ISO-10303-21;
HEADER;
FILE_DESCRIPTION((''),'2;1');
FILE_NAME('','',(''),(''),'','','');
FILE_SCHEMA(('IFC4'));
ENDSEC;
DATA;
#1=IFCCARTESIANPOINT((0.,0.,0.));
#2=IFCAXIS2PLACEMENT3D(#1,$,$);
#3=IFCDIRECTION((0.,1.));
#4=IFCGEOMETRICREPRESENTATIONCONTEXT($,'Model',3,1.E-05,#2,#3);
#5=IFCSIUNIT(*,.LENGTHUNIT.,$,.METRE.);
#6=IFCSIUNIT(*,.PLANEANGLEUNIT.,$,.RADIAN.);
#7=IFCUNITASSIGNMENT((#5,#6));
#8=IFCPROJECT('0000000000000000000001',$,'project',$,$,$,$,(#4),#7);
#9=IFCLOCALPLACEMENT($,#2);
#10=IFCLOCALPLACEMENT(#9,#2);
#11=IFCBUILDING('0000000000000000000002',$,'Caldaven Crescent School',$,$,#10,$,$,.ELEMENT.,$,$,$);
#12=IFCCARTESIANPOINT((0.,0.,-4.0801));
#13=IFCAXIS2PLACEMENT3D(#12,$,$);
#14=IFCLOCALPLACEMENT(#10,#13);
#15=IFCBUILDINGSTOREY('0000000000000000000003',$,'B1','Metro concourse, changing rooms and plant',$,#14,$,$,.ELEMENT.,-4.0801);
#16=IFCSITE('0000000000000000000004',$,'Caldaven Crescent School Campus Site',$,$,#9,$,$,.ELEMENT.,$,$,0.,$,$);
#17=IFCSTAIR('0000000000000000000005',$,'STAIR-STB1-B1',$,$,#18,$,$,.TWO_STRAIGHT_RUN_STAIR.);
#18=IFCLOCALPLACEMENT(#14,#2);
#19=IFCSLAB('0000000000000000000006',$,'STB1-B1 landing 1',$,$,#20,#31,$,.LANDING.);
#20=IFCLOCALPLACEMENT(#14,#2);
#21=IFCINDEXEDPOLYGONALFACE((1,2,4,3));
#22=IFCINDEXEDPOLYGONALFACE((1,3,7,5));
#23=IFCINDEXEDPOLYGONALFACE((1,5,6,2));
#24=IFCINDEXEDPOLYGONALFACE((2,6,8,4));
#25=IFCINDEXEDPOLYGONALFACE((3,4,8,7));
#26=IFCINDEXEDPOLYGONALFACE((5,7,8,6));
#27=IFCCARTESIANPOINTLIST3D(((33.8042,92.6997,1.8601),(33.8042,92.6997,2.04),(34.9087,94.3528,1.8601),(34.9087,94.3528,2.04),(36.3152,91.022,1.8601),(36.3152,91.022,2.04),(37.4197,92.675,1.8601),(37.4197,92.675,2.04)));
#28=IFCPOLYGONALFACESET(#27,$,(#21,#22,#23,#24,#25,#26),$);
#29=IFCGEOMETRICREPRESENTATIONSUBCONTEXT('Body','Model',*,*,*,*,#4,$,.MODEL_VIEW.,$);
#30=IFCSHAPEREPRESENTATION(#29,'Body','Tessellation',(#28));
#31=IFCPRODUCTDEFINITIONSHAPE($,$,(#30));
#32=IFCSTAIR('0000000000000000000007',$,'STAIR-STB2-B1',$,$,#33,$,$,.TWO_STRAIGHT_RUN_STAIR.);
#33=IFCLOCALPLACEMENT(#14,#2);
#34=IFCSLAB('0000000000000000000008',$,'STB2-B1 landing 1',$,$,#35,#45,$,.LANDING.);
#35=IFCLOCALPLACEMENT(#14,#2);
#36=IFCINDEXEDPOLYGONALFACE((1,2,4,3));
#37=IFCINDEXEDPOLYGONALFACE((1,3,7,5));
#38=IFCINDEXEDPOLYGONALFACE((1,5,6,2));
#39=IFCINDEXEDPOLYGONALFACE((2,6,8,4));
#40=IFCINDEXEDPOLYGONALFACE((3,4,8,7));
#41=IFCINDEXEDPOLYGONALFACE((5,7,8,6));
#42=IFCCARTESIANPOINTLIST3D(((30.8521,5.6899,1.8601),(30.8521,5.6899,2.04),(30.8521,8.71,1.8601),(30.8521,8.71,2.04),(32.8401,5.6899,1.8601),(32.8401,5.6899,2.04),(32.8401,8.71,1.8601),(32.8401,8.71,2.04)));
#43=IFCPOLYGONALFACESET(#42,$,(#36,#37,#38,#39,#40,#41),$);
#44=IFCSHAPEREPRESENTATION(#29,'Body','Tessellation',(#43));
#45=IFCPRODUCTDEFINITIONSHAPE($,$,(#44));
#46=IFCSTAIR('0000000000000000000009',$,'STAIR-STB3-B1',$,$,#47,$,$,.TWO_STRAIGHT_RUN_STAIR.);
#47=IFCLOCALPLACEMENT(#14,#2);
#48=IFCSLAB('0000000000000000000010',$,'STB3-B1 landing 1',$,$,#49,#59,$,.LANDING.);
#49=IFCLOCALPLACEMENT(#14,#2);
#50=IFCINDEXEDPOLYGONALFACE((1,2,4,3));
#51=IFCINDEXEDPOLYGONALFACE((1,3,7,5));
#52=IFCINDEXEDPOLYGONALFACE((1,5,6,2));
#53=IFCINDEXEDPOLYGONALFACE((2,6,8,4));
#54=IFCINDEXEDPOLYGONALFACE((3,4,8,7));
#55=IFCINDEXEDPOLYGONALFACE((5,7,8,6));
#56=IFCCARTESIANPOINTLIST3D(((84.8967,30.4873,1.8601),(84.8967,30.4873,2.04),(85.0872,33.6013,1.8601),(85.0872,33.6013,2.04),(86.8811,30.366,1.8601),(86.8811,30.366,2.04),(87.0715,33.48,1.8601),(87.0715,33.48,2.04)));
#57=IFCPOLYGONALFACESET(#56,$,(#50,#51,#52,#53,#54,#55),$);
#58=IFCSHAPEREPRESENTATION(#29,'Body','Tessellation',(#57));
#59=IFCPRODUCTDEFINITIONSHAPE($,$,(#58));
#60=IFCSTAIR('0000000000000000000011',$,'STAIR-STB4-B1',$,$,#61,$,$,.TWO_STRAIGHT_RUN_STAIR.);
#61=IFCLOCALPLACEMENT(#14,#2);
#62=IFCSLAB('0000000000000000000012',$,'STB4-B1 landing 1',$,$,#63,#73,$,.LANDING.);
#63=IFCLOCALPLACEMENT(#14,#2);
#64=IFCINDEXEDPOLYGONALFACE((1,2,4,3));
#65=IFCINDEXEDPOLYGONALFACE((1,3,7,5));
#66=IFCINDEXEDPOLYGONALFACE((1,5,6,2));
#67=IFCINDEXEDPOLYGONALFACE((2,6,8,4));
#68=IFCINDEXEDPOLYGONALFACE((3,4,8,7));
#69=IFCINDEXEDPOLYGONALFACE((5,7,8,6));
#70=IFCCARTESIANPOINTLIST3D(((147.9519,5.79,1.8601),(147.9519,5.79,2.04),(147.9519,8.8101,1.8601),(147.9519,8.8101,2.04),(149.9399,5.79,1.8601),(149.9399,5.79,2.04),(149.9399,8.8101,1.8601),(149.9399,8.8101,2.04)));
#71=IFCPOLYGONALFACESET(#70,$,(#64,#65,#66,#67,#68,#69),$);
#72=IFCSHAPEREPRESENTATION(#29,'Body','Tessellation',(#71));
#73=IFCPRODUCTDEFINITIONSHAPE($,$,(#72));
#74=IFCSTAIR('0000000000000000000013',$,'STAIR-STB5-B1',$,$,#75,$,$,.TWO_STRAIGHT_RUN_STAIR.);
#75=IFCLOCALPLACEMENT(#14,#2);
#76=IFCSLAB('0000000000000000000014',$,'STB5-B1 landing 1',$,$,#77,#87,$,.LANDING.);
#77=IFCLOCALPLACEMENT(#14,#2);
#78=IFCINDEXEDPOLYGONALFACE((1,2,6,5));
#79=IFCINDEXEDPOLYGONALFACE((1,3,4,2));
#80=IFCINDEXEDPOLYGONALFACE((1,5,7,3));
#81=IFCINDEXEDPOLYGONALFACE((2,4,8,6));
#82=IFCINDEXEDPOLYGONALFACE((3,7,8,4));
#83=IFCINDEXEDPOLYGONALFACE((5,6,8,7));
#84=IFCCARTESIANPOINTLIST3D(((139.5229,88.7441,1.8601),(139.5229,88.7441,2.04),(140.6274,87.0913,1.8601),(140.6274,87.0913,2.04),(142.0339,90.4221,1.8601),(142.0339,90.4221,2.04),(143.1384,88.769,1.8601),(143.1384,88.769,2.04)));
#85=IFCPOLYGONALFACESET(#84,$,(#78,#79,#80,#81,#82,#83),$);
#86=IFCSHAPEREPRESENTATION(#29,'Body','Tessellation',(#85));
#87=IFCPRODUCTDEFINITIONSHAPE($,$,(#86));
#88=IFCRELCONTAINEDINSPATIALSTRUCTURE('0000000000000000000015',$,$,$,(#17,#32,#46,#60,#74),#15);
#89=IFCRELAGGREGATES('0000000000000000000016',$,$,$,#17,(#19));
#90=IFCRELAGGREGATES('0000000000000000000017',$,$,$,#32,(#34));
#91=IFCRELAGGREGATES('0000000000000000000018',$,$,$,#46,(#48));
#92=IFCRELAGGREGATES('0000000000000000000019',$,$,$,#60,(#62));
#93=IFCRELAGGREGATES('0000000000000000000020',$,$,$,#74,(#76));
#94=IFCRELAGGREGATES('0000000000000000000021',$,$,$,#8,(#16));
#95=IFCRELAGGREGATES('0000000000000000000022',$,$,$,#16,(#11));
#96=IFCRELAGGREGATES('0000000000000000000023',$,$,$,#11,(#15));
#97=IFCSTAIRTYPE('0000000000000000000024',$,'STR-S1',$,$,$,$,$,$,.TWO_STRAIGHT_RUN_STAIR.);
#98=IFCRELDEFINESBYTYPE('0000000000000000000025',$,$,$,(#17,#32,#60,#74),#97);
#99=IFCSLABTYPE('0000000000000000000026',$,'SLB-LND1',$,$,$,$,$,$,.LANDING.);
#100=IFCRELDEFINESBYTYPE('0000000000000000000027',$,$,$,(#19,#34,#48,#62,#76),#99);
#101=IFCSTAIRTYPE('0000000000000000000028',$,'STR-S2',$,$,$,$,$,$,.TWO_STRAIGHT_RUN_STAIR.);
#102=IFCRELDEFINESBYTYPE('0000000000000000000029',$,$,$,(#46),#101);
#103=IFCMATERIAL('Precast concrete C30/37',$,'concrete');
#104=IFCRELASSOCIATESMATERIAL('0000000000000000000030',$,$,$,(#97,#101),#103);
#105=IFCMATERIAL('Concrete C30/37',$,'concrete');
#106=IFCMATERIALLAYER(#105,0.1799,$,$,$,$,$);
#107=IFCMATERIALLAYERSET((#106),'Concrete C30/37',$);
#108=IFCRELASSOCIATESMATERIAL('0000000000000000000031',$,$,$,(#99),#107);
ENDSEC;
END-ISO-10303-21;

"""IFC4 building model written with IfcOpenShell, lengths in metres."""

from ifc_helpers import new_model, si_unit, direction, frame, origin, place, context, subcontext, project, spatial, polyline, outline, extrude, material, layer, layer_set, type_object, element, aggregate, save


model = new_model("IFC4")

# Units and contexts
model_context = context("Model", 3, precision=1e-05, world=origin(), true_north=direction((0.0, 1.0)))
body_context = subcontext(model_context, "Body", "Model", "MODEL_VIEW")
ifc_project = project(units=[si_unit("LENGTHUNIT", "METRE"), si_unit("PLANEANGLEUNIT", "RADIAN")], contexts=[model_context])

# Site, building, storey
site_placement = place(None, origin())
site = spatial("IfcSite", under=ifc_project, at=site_placement, Name="Caldaven Crescent School Campus Site", CompositionType="ELEMENT", RefElevation=0.0)
building_placement = place(site_placement, origin())
building = spatial("IfcBuilding", under=site, at=building_placement, Name="Caldaven Crescent School", CompositionType="ELEMENT")
storey_placement = place(building_placement, frame((0.0, 0.0, -4.0801)))
storey = spatial("IfcBuildingStorey", under=building, at=storey_placement, Name="B1", Description="Metro concourse, changing rooms and plant", CompositionType="ELEMENT", Elevation=-4.0801)

# Stairs, slabs
ifc_material_1 = material(Name="Precast concrete C30/37", Category="concrete")
stair_type_1 = type_object("IfcStairType", Name="STR-S1", PredefinedType="TWO_STRAIGHT_RUN_STAIR", material=ifc_material_1)
stair_1_placement = place(storey_placement, origin())
stair_1 = element("IfcStair", 1, at=stair_1_placement, inside=storey, type_object=stair_type_1, Name="STAIR-STB1-B1", PredefinedType="TWO_STRAIGHT_RUN_STAIR")
ifc_material_2 = material(Name="Concrete C30/37", Category="concrete")
ifc_layer_1 = layer(ifc_material_2, 0.1799)
ifc_layer_set_1 = layer_set([ifc_layer_1], Name="Concrete C30/37")
slab_type = type_object("IfcSlabType", Name="SLB-LND1", PredefinedType="LANDING", material=ifc_layer_set_1)
slab_1_placement = place(storey_placement, frame((0.0, 0.0, 1.8601)))
slab_1 = element("IfcSlab", 2, at=slab_1_placement, type_object=slab_type, Name="STB1-B1 landing 1", PredefinedType="LANDING", context=body_context, shape_type="SweptSolid", body=[
    extrude(outline(polyline([(36.3152, 91.022), (37.4197, 92.675), (34.9087, 94.3528), (33.8042, 92.6997), (36.3152, 91.022)])), origin(), (0.0, 0.0, 1.0), 0.1799),
])
aggregate(stair_1, [slab_1])
stair_2_placement = place(storey_placement, origin())
stair_2 = element("IfcStair", 3, at=stair_2_placement, inside=storey, type_object=stair_type_1, Name="STAIR-STB2-B1", PredefinedType="TWO_STRAIGHT_RUN_STAIR")
slab_2_placement = place(storey_placement, frame((0.0, 0.0, 1.8601)))
slab_2 = element("IfcSlab", 4, at=slab_2_placement, type_object=slab_type, Name="STB2-B1 landing 1", PredefinedType="LANDING", context=body_context, shape_type="SweptSolid", body=[
    extrude(outline(polyline([(30.8521, 5.6899), (32.8401, 5.6899), (32.8401, 8.71), (30.8521, 8.71), (30.8521, 5.6899)])), origin(), (0.0, 0.0, 1.0), 0.1799),
])
aggregate(stair_2, [slab_2])
stair_type_2 = type_object("IfcStairType", Name="STR-S2", PredefinedType="TWO_STRAIGHT_RUN_STAIR", material=ifc_material_1)
stair_3_placement = place(storey_placement, origin())
stair_3 = element("IfcStair", 5, at=stair_3_placement, inside=storey, type_object=stair_type_2, Name="STAIR-STB3-B1", PredefinedType="TWO_STRAIGHT_RUN_STAIR")
slab_3_placement = place(storey_placement, frame((0.0, 0.0, 1.8601)))
slab_3 = element("IfcSlab", 6, at=slab_3_placement, type_object=slab_type, Name="STB3-B1 landing 1", PredefinedType="LANDING", context=body_context, shape_type="SweptSolid", body=[
    extrude(outline(polyline([(84.8967, 30.4873), (86.8811, 30.366), (87.0715, 33.48), (85.0872, 33.6013), (84.8967, 30.4873)])), origin(), (0.0, 0.0, 1.0), 0.1799),
])
aggregate(stair_3, [slab_3])
stair_4_placement = place(storey_placement, origin())
stair_4 = element("IfcStair", 7, at=stair_4_placement, inside=storey, type_object=stair_type_1, Name="STAIR-STB4-B1", PredefinedType="TWO_STRAIGHT_RUN_STAIR")
slab_4_placement = place(storey_placement, frame((0.0, 0.0, 1.8601)))
slab_4 = element("IfcSlab", 8, at=slab_4_placement, type_object=slab_type, Name="STB4-B1 landing 1", PredefinedType="LANDING", context=body_context, shape_type="SweptSolid", body=[
    extrude(outline(polyline([(147.9519, 5.79), (149.9399, 5.79), (149.9399, 8.8101), (147.9519, 8.8101), (147.9519, 5.79)])), origin(), (0.0, 0.0, 1.0), 0.1799),
])
aggregate(stair_4, [slab_4])
stair_5_placement = place(storey_placement, origin())
stair_5 = element("IfcStair", 9, at=stair_5_placement, inside=storey, type_object=stair_type_1, Name="STAIR-STB5-B1", PredefinedType="TWO_STRAIGHT_RUN_STAIR")
slab_5_placement = place(storey_placement, frame((0.0, 0.0, 1.8601)))
slab_5 = element("IfcSlab", 10, at=slab_5_placement, type_object=slab_type, Name="STB5-B1 landing 1", PredefinedType="LANDING", context=body_context, shape_type="SweptSolid", body=[
    extrude(outline(polyline([(139.5229, 88.7441), (140.6274, 87.0913), (143.1384, 88.769), (142.0339, 90.4221), (139.5229, 88.7441)])), origin(), (0.0, 0.0, 1.0), 0.1799),
])
aggregate(stair_5, [slab_5])

save(model, "model.ifc")
